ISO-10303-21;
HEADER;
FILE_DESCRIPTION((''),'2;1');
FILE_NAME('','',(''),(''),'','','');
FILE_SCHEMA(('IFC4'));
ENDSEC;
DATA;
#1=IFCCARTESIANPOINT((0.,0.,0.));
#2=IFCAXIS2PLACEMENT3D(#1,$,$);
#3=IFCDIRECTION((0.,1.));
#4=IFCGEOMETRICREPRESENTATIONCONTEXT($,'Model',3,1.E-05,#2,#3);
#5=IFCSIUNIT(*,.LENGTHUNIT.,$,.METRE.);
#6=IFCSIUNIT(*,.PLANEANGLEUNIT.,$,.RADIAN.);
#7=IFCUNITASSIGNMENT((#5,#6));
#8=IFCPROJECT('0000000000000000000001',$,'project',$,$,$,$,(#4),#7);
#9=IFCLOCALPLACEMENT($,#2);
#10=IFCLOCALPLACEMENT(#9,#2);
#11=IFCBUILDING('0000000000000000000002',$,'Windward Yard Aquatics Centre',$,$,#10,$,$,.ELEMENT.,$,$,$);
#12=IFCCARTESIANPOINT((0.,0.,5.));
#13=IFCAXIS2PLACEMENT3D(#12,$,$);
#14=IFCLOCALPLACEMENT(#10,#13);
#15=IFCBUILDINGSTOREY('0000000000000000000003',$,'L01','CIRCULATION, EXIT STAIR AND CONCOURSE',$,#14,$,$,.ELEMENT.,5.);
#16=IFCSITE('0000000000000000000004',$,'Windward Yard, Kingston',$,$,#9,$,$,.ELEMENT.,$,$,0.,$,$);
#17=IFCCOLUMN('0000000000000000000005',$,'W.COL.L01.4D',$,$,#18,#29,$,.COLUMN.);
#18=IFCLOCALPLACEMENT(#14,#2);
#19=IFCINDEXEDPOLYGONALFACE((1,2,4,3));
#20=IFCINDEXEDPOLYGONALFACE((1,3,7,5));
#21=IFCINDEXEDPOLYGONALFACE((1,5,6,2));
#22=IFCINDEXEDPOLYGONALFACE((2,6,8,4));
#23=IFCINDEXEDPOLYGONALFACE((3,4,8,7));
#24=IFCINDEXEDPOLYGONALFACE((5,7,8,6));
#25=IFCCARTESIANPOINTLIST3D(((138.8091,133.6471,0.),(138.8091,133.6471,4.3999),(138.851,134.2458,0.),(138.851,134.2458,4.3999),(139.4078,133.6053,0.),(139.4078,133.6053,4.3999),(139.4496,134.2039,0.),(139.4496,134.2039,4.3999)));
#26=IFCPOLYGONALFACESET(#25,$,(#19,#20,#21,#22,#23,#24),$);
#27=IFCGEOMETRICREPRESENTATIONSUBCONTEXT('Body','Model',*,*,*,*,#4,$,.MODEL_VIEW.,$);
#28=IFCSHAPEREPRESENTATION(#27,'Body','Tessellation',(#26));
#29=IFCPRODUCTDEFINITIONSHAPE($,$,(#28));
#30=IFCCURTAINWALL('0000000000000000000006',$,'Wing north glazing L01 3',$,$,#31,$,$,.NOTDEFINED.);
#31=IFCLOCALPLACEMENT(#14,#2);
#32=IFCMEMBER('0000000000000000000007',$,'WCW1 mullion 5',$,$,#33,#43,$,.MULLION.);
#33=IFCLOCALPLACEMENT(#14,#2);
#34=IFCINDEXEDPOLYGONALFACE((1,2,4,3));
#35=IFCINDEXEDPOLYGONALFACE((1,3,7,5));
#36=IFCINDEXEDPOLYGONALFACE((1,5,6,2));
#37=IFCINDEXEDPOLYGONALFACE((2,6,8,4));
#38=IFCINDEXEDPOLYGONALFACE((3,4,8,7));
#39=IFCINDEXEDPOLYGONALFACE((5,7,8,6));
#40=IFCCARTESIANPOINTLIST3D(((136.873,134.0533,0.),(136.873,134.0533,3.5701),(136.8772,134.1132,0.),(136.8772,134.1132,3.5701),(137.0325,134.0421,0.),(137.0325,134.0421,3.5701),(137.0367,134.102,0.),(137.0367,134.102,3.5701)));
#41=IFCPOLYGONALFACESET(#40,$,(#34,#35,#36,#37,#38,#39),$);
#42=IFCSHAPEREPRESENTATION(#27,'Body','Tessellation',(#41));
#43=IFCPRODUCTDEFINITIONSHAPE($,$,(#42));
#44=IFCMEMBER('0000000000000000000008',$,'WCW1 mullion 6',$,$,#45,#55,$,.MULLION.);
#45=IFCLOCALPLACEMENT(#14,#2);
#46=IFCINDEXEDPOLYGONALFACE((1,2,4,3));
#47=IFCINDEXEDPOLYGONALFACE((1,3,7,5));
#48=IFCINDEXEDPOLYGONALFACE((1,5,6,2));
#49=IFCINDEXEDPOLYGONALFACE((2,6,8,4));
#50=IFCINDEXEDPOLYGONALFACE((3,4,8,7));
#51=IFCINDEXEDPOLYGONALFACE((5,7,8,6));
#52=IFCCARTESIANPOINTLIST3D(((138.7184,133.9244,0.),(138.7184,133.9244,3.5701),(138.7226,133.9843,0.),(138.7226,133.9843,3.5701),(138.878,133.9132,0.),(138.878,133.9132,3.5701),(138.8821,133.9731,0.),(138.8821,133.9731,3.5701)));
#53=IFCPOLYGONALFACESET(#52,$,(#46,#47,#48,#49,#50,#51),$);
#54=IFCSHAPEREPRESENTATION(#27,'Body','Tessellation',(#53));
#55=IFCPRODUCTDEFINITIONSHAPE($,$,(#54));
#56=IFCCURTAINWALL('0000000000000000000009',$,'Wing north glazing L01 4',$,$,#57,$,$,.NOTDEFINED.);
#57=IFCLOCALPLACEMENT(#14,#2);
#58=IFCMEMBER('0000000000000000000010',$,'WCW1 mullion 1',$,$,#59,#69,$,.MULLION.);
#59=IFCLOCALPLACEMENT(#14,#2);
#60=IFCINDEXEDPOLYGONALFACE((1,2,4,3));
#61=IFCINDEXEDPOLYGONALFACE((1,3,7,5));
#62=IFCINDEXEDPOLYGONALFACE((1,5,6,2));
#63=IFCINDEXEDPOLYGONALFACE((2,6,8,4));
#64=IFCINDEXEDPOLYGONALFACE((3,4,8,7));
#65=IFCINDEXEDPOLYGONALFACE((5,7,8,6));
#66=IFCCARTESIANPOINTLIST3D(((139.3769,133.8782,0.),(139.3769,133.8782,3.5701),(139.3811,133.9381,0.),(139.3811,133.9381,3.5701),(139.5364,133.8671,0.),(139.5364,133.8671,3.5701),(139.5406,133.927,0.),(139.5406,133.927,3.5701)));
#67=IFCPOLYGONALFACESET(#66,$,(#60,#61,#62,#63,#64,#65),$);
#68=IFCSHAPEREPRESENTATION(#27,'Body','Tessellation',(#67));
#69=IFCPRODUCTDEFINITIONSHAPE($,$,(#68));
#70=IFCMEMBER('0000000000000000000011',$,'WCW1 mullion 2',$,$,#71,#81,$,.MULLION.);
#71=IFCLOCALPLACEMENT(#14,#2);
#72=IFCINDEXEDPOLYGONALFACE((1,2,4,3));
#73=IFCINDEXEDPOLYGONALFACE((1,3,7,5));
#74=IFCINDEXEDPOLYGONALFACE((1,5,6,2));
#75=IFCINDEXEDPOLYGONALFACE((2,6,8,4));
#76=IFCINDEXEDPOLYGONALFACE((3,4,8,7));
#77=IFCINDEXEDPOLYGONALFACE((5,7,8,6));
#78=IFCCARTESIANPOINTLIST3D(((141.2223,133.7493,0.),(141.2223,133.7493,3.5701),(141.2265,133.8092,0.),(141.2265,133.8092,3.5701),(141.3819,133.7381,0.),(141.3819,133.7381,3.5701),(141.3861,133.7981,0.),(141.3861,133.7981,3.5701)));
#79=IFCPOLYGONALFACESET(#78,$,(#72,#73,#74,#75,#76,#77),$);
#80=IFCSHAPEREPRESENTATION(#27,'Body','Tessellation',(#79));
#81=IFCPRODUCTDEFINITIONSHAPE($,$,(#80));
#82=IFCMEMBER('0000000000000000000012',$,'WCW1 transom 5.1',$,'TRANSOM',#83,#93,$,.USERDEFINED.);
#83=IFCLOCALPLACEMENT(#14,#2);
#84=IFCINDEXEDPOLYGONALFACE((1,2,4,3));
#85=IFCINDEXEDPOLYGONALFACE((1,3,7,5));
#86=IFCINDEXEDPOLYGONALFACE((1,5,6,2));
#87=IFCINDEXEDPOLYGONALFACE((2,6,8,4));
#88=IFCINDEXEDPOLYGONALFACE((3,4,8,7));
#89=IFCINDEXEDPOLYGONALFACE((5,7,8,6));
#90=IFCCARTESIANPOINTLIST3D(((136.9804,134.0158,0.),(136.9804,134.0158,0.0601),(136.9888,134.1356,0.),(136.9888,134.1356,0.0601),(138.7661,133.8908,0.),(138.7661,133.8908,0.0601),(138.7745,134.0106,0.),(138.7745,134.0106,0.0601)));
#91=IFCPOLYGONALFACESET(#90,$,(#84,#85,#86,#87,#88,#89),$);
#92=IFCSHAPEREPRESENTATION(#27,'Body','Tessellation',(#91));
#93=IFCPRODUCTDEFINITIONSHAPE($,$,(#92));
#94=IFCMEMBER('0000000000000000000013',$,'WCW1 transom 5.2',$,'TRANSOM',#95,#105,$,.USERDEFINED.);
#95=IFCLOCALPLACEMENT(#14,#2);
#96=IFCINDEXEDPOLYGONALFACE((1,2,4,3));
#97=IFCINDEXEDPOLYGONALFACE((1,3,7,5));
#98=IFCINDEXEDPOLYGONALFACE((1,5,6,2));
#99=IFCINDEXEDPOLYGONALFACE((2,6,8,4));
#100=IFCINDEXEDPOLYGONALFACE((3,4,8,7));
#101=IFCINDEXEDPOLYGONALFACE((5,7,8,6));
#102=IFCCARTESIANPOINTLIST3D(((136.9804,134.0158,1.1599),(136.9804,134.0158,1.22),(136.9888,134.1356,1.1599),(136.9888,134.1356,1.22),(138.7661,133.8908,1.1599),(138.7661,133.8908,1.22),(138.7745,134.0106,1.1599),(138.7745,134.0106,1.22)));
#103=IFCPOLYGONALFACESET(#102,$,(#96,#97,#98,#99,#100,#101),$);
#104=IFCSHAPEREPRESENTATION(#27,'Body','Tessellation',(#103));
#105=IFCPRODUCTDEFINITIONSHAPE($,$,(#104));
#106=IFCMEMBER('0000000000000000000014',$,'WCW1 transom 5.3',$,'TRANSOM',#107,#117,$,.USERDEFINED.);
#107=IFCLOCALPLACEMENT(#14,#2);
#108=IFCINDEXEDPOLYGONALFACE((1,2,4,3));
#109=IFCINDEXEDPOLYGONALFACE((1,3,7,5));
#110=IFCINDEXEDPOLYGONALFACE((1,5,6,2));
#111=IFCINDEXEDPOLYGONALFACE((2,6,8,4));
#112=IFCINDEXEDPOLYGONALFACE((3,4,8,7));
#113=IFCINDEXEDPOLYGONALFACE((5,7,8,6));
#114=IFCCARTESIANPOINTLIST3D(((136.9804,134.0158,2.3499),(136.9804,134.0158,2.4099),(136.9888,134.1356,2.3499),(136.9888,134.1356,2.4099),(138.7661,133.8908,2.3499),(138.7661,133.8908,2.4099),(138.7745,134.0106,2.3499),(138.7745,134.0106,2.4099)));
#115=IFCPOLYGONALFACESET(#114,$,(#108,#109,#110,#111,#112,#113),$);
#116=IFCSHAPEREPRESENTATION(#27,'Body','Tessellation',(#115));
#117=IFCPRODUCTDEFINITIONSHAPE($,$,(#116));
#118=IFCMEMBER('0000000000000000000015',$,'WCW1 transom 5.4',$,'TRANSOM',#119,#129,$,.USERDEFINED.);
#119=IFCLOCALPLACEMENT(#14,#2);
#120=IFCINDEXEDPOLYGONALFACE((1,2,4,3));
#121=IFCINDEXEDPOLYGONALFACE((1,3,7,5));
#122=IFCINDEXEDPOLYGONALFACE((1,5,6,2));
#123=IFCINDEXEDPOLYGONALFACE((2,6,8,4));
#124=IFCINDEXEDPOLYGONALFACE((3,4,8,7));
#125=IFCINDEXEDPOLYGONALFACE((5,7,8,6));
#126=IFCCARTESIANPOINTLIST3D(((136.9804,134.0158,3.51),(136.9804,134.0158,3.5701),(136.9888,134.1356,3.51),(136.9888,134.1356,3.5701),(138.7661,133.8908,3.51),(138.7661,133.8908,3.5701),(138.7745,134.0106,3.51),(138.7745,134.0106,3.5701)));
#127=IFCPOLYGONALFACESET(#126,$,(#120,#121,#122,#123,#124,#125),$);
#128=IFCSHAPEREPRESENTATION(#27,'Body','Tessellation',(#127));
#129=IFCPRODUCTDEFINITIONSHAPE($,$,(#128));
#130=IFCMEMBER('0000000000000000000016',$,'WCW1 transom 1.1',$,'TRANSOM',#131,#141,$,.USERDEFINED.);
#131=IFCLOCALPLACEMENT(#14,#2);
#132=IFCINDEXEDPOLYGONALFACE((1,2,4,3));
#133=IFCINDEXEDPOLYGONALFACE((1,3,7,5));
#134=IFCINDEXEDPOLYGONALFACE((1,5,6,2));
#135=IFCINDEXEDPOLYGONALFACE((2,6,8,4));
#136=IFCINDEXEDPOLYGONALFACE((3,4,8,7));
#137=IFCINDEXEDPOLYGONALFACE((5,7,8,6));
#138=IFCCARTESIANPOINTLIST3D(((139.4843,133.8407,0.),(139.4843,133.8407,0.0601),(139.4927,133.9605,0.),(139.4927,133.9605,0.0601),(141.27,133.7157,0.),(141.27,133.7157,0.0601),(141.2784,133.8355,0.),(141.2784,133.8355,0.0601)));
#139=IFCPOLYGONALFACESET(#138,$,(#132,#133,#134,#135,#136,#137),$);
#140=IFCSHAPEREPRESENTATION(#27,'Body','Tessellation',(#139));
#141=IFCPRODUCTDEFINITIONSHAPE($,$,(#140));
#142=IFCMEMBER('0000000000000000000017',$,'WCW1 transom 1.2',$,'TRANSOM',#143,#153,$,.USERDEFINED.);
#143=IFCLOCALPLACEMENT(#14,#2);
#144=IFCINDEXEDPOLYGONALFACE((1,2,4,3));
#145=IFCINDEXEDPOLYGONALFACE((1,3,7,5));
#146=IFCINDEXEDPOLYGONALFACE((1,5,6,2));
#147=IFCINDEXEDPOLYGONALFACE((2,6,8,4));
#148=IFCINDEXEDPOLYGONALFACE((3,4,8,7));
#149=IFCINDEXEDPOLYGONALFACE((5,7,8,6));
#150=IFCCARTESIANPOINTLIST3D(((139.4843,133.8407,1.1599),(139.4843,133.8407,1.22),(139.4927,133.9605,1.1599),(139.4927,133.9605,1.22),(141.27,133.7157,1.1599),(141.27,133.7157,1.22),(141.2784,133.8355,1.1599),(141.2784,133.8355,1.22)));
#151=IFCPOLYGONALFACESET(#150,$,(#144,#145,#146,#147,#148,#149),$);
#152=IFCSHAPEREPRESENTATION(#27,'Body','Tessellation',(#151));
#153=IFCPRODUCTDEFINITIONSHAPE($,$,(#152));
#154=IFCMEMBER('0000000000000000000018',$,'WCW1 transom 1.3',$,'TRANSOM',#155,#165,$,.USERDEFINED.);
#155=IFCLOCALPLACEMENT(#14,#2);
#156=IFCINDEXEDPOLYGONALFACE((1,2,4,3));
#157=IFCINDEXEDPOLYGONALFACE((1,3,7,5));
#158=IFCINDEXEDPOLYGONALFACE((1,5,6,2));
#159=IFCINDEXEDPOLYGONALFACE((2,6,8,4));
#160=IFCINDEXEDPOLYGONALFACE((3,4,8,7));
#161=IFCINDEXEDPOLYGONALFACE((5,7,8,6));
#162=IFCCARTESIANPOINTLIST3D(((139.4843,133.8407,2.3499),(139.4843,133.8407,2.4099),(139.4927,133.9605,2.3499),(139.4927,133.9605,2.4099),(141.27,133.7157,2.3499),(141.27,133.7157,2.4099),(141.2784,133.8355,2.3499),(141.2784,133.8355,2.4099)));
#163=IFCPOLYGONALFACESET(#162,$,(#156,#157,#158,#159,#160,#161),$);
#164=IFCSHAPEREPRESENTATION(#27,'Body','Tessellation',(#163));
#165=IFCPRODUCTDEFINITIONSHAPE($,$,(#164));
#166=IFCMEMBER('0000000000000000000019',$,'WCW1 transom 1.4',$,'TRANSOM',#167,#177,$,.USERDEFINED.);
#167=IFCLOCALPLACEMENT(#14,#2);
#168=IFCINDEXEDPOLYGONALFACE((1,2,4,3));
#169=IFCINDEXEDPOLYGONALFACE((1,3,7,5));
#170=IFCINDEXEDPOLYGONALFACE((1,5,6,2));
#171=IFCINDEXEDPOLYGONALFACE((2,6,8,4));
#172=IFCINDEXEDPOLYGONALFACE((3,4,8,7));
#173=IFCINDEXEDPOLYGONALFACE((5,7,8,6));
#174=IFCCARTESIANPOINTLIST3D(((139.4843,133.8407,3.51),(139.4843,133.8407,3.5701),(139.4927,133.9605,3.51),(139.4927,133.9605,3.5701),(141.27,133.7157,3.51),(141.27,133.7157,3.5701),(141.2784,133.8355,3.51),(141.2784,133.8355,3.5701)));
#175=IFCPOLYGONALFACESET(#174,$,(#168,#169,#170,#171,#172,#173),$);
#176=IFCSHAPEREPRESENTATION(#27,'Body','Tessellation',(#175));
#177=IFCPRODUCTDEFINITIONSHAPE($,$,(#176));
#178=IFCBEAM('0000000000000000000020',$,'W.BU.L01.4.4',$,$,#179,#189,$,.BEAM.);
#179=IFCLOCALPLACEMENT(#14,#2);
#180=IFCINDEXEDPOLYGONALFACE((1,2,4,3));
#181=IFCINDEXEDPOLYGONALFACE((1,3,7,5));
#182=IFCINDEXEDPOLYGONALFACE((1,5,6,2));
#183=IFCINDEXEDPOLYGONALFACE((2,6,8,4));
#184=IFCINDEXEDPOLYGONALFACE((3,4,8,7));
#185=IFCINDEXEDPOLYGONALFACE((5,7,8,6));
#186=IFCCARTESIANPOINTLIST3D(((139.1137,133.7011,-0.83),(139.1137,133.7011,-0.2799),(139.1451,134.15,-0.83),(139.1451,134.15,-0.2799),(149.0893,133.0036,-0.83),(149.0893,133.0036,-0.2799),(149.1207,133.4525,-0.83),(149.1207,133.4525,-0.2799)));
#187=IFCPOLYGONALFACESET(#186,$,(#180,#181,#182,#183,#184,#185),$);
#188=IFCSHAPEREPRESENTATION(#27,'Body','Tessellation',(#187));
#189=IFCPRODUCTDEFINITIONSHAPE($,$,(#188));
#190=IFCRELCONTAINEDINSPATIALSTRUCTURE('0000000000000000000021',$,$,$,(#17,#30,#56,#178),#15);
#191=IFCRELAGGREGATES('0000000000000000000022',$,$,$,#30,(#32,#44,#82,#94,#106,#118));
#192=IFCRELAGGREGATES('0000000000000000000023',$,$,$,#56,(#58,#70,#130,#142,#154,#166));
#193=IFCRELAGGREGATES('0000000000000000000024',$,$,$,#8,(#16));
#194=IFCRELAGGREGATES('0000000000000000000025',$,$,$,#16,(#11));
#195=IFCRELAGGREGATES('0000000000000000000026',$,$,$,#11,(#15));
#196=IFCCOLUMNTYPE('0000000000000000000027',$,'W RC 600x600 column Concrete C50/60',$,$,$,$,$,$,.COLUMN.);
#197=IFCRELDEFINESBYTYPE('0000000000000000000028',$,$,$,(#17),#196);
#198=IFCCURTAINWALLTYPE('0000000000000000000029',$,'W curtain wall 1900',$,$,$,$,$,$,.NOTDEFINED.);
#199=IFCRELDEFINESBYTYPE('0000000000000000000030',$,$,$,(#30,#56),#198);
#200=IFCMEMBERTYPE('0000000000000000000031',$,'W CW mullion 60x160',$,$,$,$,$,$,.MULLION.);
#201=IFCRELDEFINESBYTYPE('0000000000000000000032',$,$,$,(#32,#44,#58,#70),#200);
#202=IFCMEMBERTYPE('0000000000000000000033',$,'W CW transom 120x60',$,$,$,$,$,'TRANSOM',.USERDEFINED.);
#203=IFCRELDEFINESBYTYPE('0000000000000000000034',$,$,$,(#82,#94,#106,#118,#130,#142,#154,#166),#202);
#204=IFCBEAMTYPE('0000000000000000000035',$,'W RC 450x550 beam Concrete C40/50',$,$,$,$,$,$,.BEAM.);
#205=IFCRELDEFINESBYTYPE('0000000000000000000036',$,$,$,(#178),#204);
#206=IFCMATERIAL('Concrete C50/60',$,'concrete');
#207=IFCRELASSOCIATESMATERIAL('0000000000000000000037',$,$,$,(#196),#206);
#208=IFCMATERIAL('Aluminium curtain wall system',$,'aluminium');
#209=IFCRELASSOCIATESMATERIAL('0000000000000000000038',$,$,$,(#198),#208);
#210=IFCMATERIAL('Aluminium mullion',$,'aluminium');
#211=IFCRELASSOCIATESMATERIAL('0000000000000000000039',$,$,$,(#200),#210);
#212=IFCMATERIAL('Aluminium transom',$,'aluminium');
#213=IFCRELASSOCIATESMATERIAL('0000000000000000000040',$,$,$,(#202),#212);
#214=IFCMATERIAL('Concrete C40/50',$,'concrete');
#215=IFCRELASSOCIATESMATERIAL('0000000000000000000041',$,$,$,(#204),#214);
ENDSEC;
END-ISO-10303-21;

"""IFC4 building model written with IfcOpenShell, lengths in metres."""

from ifc_helpers import new_model, si_unit, direction, frame, origin, origin_2d, place, context, subcontext, project, spatial, rectangle, extrude, material, material_profile, profile_set, type_object, element, aggregate, save


model = new_model("IFC4")

# Units and contexts
model_context = context("Model", 3, precision=1e-05, world=origin(), true_north=direction((0.0, 1.0)))
body_context = subcontext(model_context, "Body", "Model", "MODEL_VIEW")
ifc_project = project(units=[si_unit("LENGTHUNIT", "METRE"), si_unit("PLANEANGLEUNIT", "RADIAN")], contexts=[model_context])

# Site, building, storey
site_placement = place(None, origin())
site = spatial("IfcSite", under=ifc_project, at=site_placement, Name="Windward Yard, Kingston", CompositionType="ELEMENT", RefElevation=0.0)
building_placement = place(site_placement, origin())
building = spatial("IfcBuilding", under=site, at=building_placement, Name="Windward Yard Aquatics Centre", CompositionType="ELEMENT")
storey_placement = place(building_placement, frame((0.0, 0.0, 5.0)))
storey = spatial("IfcBuildingStorey", under=building, at=storey_placement, Name="L01", Description="CIRCULATION, EXIT STAIR AND CONCOURSE", CompositionType="ELEMENT", Elevation=5.0)

# Column
ifc_material_1 = material(Name="Concrete C50/60", Category="concrete")
ifc_material_profile_1 = material_profile(ifc_material_1, rectangle(XDim=0.6001, YDim=0.6001, at=origin_2d()), Name="RC 600x600")
ifc_profile_set_1 = profile_set([ifc_material_profile_1], Name="Concrete C50/60")
column_type = type_object("IfcColumnType", Name="W RC 600x600 column Concrete C50/60", PredefinedType="COLUMN", material=ifc_profile_set_1)
column_placement = place(storey_placement, frame((139.1294, 133.9255, 0.0), z_axis=(0.0, 0.0, 1.0), x_axis=(0.997564, -0.069756, 0.0)))
element("IfcColumn", 1, at=column_placement, inside=storey, type_object=column_type, Name="W.COL.L01.4D", PredefinedType="COLUMN", context=body_context, shape_type="SweptSolid", body=[
    extrude(rectangle(XDim=0.6001, YDim=0.6001, at=origin_2d()), origin(), (0.0, 0.0, 1.0), 4.3999),
])

# Curtain walls, members
ifc_material_2 = material(Name="Aluminium curtain wall system", Category="aluminium")
curtain_wall_type = type_object("IfcCurtainWallType", Name="W curtain wall 1900", PredefinedType="NOTDEFINED", material=ifc_material_2)
curtain_wall_1_placement = place(storey_placement, origin())
curtain_wall_1 = element("IfcCurtainWall", 2, at=curtain_wall_1_placement, inside=storey, type_object=curtain_wall_type, Name="Wing north glazing L01 3", PredefinedType="NOTDEFINED")
ifc_material_3 = material(Name="Aluminium mullion", Category="aluminium")
ifc_material_profile_2 = material_profile(ifc_material_3, rectangle(XDim=0.0601, YDim=0.1599, at=origin_2d()), Name="AL 60x160")
ifc_profile_set_2 = profile_set([ifc_material_profile_2], Name="Aluminium mullion")
member_type_1 = type_object("IfcMemberType", Name="W CW mullion 60x160", PredefinedType="MULLION", material=ifc_profile_set_2)
member_1_placement = place(storey_placement, frame((136.9548, 134.0776, 0.0), z_axis=(0.0, 0.0, 1.0), x_axis=(0.069755, 0.997564, 0.0)))
member_1 = element("IfcMember", 3, at=member_1_placement, type_object=member_type_1, Name="WCW1 mullion 5", PredefinedType="MULLION", context=body_context, shape_type="SweptSolid", body=[
    extrude(rectangle(XDim=0.0601, YDim=0.1599, at=origin_2d()), origin(), (0.0, 0.0, 1.0), 3.5701),
])
member_2_placement = place(storey_placement, frame((138.8003, 133.9487, 0.0), z_axis=(0.0, 0.0, 1.0), x_axis=(0.069755, 0.997564, 0.0)))
member_2 = element("IfcMember", 4, at=member_2_placement, type_object=member_type_1, Name="WCW1 mullion 6", PredefinedType="MULLION", context=body_context, shape_type="SweptSolid", body=[
    extrude(rectangle(XDim=0.0601, YDim=0.1599, at=origin_2d()), origin(), (0.0, 0.0, 1.0), 3.5701),
])
curtain_wall_2_placement = place(storey_placement, origin())
curtain_wall_2 = element("IfcCurtainWall", 5, at=curtain_wall_2_placement, inside=storey, type_object=curtain_wall_type, Name="Wing north glazing L01 4", PredefinedType="NOTDEFINED")
member_3_placement = place(storey_placement, frame((139.4587, 133.9026, 0.0), z_axis=(0.0, 0.0, 1.0), x_axis=(0.069755, 0.997564, 0.0)))
member_3 = element("IfcMember", 6, at=member_3_placement, type_object=member_type_1, Name="WCW1 mullion 1", PredefinedType="MULLION", context=body_context, shape_type="SweptSolid", body=[
    extrude(rectangle(XDim=0.0601, YDim=0.1599, at=origin_2d()), origin(), (0.0, 0.0, 1.0), 3.5701),
])
member_4_placement = place(storey_placement, frame((141.3042, 133.7737, 0.0), z_axis=(0.0, 0.0, 1.0), x_axis=(0.069755, 0.997564, 0.0)))
member_4 = element("IfcMember", 7, at=member_4_placement, type_object=member_type_1, Name="WCW1 mullion 2", PredefinedType="MULLION", context=body_context, shape_type="SweptSolid", body=[
    extrude(rectangle(XDim=0.0601, YDim=0.1599, at=origin_2d()), origin(), (0.0, 0.0, 1.0), 3.5701),
])

# Members
ifc_material_4 = material(Name="Aluminium transom", Category="aluminium")
ifc_material_profile_3 = material_profile(ifc_material_4, rectangle(XDim=0.1201, YDim=0.0601, at=origin_2d()), Name="AL 120x60")
ifc_profile_set_3 = profile_set([ifc_material_profile_3], Name="Aluminium transom")
member_type_2 = type_object("IfcMemberType", Name="W CW transom 120x60", ElementType="TRANSOM", PredefinedType="USERDEFINED", material=ifc_profile_set_3)
member_5_placement = place(storey_placement, frame((136.9846, 134.0757, 0.03), z_axis=(0.997559, -0.069832, 0.0), x_axis=(0.069832, 0.997559, 0.0)))
member_5 = element("IfcMember", 8, at=member_5_placement, type_object=member_type_2, Name="WCW1 transom 5.1", ObjectType="TRANSOM", PredefinedType="USERDEFINED", context=body_context, shape_type="SweptSolid", body=[
    extrude(rectangle(XDim=0.1201, YDim=0.0601, at=origin_2d()), origin(), (0.0, 0.0, 1.0), 1.79),
])
member_6_placement = place(storey_placement, frame((136.9846, 134.0757, 1.1899), z_axis=(0.997559, -0.069832, 0.0), x_axis=(0.069832, 0.997559, 0.0)))
member_6 = element("IfcMember", 9, at=member_6_placement, type_object=member_type_2, Name="WCW1 transom 5.2", ObjectType="TRANSOM", PredefinedType="USERDEFINED", context=body_context, shape_type="SweptSolid", body=[
    extrude(rectangle(XDim=0.1201, YDim=0.0601, at=origin_2d()), origin(), (0.0, 0.0, 1.0), 1.79),
])
member_7_placement = place(storey_placement, frame((136.9846, 134.0757, 2.3799), z_axis=(0.997559, -0.069832, 0.0), x_axis=(0.069832, 0.997559, 0.0)))
member_7 = element("IfcMember", 10, at=member_7_placement, type_object=member_type_2, Name="WCW1 transom 5.3", ObjectType="TRANSOM", PredefinedType="USERDEFINED", context=body_context, shape_type="SweptSolid", body=[
    extrude(rectangle(XDim=0.1201, YDim=0.0601, at=origin_2d()), origin(), (0.0, 0.0, 1.0), 1.79),
])
member_8_placement = place(storey_placement, frame((136.9846, 134.0757, 3.54), z_axis=(0.997559, -0.069832, 0.0), x_axis=(0.069832, 0.997559, 0.0)))
member_8 = element("IfcMember", 11, at=member_8_placement, type_object=member_type_2, Name="WCW1 transom 5.4", ObjectType="TRANSOM", PredefinedType="USERDEFINED", context=body_context, shape_type="SweptSolid", body=[
    extrude(rectangle(XDim=0.1201, YDim=0.0601, at=origin_2d()), origin(), (0.0, 0.0, 1.0), 1.79),
])
member_9_placement = place(storey_placement, frame((139.4885, 133.9006, 0.03), z_axis=(0.997559, -0.069832, 0.0), x_axis=(0.069832, 0.997559, 0.0)))
member_9 = element("IfcMember", 12, at=member_9_placement, type_object=member_type_2, Name="WCW1 transom 1.1", ObjectType="TRANSOM", PredefinedType="USERDEFINED", context=body_context, shape_type="SweptSolid", body=[
    extrude(rectangle(XDim=0.1201, YDim=0.0601, at=origin_2d()), origin(), (0.0, 0.0, 1.0), 1.79),
])
member_10_placement = place(storey_placement, frame((139.4885, 133.9006, 1.1899), z_axis=(0.997559, -0.069832, 0.0), x_axis=(0.069832, 0.997559, 0.0)))
member_10 = element("IfcMember", 13, at=member_10_placement, type_object=member_type_2, Name="WCW1 transom 1.2", ObjectType="TRANSOM", PredefinedType="USERDEFINED", context=body_context, shape_type="SweptSolid", body=[
    extrude(rectangle(XDim=0.1201, YDim=0.0601, at=origin_2d()), origin(), (0.0, 0.0, 1.0), 1.79),
])
member_11_placement = place(storey_placement, frame((139.4885, 133.9006, 2.3799), z_axis=(0.997559, -0.069832, 0.0), x_axis=(0.069832, 0.997559, 0.0)))
member_11 = element("IfcMember", 14, at=member_11_placement, type_object=member_type_2, Name="WCW1 transom 1.3", ObjectType="TRANSOM", PredefinedType="USERDEFINED", context=body_context, shape_type="SweptSolid", body=[
    extrude(rectangle(XDim=0.1201, YDim=0.0601, at=origin_2d()), origin(), (0.0, 0.0, 1.0), 1.79),
])
member_12_placement = place(storey_placement, frame((139.4885, 133.9006, 3.54), z_axis=(0.997559, -0.069832, 0.0), x_axis=(0.069832, 0.997559, 0.0)))
member_12 = element("IfcMember", 15, at=member_12_placement, type_object=member_type_2, Name="WCW1 transom 1.4", ObjectType="TRANSOM", PredefinedType="USERDEFINED", context=body_context, shape_type="SweptSolid", body=[
    extrude(rectangle(XDim=0.1201, YDim=0.0601, at=origin_2d()), origin(), (0.0, 0.0, 1.0), 1.79),
])

# Beam
ifc_material_5 = material(Name="Concrete C40/50", Category="concrete")
ifc_material_profile_4 = material_profile(ifc_material_5, rectangle(XDim=0.45, YDim=0.55, at=origin_2d()), Name="RC 450x550")
ifc_profile_set_4 = profile_set([ifc_material_profile_4], Name="Concrete C40/50")
beam_type = type_object("IfcBeamType", Name="W RC 450x550 beam Concrete C40/50", PredefinedType="BEAM", material=ifc_profile_set_4)
beam_placement = place(storey_placement, frame((139.1294, 133.9255, -0.5549), z_axis=(0.997564, -0.069751, 0.0), x_axis=(0.069751, 0.997564, 0.0)))
element("IfcBeam", 16, at=beam_placement, inside=storey, type_object=beam_type, Name="W.BU.L01.4.4", PredefinedType="BEAM", context=body_context, shape_type="SweptSolid", body=[
    extrude(rectangle(XDim=0.45, YDim=0.55, at=origin_2d()), origin(), (0.0, 0.0, 1.0), 10.0),
])

aggregate(curtain_wall_1, [member_1, member_2, member_5, member_6, member_7, member_8])
aggregate(curtain_wall_2, [member_3, member_4, member_9, member_10, member_11, member_12])

save(model, "model.ifc")
